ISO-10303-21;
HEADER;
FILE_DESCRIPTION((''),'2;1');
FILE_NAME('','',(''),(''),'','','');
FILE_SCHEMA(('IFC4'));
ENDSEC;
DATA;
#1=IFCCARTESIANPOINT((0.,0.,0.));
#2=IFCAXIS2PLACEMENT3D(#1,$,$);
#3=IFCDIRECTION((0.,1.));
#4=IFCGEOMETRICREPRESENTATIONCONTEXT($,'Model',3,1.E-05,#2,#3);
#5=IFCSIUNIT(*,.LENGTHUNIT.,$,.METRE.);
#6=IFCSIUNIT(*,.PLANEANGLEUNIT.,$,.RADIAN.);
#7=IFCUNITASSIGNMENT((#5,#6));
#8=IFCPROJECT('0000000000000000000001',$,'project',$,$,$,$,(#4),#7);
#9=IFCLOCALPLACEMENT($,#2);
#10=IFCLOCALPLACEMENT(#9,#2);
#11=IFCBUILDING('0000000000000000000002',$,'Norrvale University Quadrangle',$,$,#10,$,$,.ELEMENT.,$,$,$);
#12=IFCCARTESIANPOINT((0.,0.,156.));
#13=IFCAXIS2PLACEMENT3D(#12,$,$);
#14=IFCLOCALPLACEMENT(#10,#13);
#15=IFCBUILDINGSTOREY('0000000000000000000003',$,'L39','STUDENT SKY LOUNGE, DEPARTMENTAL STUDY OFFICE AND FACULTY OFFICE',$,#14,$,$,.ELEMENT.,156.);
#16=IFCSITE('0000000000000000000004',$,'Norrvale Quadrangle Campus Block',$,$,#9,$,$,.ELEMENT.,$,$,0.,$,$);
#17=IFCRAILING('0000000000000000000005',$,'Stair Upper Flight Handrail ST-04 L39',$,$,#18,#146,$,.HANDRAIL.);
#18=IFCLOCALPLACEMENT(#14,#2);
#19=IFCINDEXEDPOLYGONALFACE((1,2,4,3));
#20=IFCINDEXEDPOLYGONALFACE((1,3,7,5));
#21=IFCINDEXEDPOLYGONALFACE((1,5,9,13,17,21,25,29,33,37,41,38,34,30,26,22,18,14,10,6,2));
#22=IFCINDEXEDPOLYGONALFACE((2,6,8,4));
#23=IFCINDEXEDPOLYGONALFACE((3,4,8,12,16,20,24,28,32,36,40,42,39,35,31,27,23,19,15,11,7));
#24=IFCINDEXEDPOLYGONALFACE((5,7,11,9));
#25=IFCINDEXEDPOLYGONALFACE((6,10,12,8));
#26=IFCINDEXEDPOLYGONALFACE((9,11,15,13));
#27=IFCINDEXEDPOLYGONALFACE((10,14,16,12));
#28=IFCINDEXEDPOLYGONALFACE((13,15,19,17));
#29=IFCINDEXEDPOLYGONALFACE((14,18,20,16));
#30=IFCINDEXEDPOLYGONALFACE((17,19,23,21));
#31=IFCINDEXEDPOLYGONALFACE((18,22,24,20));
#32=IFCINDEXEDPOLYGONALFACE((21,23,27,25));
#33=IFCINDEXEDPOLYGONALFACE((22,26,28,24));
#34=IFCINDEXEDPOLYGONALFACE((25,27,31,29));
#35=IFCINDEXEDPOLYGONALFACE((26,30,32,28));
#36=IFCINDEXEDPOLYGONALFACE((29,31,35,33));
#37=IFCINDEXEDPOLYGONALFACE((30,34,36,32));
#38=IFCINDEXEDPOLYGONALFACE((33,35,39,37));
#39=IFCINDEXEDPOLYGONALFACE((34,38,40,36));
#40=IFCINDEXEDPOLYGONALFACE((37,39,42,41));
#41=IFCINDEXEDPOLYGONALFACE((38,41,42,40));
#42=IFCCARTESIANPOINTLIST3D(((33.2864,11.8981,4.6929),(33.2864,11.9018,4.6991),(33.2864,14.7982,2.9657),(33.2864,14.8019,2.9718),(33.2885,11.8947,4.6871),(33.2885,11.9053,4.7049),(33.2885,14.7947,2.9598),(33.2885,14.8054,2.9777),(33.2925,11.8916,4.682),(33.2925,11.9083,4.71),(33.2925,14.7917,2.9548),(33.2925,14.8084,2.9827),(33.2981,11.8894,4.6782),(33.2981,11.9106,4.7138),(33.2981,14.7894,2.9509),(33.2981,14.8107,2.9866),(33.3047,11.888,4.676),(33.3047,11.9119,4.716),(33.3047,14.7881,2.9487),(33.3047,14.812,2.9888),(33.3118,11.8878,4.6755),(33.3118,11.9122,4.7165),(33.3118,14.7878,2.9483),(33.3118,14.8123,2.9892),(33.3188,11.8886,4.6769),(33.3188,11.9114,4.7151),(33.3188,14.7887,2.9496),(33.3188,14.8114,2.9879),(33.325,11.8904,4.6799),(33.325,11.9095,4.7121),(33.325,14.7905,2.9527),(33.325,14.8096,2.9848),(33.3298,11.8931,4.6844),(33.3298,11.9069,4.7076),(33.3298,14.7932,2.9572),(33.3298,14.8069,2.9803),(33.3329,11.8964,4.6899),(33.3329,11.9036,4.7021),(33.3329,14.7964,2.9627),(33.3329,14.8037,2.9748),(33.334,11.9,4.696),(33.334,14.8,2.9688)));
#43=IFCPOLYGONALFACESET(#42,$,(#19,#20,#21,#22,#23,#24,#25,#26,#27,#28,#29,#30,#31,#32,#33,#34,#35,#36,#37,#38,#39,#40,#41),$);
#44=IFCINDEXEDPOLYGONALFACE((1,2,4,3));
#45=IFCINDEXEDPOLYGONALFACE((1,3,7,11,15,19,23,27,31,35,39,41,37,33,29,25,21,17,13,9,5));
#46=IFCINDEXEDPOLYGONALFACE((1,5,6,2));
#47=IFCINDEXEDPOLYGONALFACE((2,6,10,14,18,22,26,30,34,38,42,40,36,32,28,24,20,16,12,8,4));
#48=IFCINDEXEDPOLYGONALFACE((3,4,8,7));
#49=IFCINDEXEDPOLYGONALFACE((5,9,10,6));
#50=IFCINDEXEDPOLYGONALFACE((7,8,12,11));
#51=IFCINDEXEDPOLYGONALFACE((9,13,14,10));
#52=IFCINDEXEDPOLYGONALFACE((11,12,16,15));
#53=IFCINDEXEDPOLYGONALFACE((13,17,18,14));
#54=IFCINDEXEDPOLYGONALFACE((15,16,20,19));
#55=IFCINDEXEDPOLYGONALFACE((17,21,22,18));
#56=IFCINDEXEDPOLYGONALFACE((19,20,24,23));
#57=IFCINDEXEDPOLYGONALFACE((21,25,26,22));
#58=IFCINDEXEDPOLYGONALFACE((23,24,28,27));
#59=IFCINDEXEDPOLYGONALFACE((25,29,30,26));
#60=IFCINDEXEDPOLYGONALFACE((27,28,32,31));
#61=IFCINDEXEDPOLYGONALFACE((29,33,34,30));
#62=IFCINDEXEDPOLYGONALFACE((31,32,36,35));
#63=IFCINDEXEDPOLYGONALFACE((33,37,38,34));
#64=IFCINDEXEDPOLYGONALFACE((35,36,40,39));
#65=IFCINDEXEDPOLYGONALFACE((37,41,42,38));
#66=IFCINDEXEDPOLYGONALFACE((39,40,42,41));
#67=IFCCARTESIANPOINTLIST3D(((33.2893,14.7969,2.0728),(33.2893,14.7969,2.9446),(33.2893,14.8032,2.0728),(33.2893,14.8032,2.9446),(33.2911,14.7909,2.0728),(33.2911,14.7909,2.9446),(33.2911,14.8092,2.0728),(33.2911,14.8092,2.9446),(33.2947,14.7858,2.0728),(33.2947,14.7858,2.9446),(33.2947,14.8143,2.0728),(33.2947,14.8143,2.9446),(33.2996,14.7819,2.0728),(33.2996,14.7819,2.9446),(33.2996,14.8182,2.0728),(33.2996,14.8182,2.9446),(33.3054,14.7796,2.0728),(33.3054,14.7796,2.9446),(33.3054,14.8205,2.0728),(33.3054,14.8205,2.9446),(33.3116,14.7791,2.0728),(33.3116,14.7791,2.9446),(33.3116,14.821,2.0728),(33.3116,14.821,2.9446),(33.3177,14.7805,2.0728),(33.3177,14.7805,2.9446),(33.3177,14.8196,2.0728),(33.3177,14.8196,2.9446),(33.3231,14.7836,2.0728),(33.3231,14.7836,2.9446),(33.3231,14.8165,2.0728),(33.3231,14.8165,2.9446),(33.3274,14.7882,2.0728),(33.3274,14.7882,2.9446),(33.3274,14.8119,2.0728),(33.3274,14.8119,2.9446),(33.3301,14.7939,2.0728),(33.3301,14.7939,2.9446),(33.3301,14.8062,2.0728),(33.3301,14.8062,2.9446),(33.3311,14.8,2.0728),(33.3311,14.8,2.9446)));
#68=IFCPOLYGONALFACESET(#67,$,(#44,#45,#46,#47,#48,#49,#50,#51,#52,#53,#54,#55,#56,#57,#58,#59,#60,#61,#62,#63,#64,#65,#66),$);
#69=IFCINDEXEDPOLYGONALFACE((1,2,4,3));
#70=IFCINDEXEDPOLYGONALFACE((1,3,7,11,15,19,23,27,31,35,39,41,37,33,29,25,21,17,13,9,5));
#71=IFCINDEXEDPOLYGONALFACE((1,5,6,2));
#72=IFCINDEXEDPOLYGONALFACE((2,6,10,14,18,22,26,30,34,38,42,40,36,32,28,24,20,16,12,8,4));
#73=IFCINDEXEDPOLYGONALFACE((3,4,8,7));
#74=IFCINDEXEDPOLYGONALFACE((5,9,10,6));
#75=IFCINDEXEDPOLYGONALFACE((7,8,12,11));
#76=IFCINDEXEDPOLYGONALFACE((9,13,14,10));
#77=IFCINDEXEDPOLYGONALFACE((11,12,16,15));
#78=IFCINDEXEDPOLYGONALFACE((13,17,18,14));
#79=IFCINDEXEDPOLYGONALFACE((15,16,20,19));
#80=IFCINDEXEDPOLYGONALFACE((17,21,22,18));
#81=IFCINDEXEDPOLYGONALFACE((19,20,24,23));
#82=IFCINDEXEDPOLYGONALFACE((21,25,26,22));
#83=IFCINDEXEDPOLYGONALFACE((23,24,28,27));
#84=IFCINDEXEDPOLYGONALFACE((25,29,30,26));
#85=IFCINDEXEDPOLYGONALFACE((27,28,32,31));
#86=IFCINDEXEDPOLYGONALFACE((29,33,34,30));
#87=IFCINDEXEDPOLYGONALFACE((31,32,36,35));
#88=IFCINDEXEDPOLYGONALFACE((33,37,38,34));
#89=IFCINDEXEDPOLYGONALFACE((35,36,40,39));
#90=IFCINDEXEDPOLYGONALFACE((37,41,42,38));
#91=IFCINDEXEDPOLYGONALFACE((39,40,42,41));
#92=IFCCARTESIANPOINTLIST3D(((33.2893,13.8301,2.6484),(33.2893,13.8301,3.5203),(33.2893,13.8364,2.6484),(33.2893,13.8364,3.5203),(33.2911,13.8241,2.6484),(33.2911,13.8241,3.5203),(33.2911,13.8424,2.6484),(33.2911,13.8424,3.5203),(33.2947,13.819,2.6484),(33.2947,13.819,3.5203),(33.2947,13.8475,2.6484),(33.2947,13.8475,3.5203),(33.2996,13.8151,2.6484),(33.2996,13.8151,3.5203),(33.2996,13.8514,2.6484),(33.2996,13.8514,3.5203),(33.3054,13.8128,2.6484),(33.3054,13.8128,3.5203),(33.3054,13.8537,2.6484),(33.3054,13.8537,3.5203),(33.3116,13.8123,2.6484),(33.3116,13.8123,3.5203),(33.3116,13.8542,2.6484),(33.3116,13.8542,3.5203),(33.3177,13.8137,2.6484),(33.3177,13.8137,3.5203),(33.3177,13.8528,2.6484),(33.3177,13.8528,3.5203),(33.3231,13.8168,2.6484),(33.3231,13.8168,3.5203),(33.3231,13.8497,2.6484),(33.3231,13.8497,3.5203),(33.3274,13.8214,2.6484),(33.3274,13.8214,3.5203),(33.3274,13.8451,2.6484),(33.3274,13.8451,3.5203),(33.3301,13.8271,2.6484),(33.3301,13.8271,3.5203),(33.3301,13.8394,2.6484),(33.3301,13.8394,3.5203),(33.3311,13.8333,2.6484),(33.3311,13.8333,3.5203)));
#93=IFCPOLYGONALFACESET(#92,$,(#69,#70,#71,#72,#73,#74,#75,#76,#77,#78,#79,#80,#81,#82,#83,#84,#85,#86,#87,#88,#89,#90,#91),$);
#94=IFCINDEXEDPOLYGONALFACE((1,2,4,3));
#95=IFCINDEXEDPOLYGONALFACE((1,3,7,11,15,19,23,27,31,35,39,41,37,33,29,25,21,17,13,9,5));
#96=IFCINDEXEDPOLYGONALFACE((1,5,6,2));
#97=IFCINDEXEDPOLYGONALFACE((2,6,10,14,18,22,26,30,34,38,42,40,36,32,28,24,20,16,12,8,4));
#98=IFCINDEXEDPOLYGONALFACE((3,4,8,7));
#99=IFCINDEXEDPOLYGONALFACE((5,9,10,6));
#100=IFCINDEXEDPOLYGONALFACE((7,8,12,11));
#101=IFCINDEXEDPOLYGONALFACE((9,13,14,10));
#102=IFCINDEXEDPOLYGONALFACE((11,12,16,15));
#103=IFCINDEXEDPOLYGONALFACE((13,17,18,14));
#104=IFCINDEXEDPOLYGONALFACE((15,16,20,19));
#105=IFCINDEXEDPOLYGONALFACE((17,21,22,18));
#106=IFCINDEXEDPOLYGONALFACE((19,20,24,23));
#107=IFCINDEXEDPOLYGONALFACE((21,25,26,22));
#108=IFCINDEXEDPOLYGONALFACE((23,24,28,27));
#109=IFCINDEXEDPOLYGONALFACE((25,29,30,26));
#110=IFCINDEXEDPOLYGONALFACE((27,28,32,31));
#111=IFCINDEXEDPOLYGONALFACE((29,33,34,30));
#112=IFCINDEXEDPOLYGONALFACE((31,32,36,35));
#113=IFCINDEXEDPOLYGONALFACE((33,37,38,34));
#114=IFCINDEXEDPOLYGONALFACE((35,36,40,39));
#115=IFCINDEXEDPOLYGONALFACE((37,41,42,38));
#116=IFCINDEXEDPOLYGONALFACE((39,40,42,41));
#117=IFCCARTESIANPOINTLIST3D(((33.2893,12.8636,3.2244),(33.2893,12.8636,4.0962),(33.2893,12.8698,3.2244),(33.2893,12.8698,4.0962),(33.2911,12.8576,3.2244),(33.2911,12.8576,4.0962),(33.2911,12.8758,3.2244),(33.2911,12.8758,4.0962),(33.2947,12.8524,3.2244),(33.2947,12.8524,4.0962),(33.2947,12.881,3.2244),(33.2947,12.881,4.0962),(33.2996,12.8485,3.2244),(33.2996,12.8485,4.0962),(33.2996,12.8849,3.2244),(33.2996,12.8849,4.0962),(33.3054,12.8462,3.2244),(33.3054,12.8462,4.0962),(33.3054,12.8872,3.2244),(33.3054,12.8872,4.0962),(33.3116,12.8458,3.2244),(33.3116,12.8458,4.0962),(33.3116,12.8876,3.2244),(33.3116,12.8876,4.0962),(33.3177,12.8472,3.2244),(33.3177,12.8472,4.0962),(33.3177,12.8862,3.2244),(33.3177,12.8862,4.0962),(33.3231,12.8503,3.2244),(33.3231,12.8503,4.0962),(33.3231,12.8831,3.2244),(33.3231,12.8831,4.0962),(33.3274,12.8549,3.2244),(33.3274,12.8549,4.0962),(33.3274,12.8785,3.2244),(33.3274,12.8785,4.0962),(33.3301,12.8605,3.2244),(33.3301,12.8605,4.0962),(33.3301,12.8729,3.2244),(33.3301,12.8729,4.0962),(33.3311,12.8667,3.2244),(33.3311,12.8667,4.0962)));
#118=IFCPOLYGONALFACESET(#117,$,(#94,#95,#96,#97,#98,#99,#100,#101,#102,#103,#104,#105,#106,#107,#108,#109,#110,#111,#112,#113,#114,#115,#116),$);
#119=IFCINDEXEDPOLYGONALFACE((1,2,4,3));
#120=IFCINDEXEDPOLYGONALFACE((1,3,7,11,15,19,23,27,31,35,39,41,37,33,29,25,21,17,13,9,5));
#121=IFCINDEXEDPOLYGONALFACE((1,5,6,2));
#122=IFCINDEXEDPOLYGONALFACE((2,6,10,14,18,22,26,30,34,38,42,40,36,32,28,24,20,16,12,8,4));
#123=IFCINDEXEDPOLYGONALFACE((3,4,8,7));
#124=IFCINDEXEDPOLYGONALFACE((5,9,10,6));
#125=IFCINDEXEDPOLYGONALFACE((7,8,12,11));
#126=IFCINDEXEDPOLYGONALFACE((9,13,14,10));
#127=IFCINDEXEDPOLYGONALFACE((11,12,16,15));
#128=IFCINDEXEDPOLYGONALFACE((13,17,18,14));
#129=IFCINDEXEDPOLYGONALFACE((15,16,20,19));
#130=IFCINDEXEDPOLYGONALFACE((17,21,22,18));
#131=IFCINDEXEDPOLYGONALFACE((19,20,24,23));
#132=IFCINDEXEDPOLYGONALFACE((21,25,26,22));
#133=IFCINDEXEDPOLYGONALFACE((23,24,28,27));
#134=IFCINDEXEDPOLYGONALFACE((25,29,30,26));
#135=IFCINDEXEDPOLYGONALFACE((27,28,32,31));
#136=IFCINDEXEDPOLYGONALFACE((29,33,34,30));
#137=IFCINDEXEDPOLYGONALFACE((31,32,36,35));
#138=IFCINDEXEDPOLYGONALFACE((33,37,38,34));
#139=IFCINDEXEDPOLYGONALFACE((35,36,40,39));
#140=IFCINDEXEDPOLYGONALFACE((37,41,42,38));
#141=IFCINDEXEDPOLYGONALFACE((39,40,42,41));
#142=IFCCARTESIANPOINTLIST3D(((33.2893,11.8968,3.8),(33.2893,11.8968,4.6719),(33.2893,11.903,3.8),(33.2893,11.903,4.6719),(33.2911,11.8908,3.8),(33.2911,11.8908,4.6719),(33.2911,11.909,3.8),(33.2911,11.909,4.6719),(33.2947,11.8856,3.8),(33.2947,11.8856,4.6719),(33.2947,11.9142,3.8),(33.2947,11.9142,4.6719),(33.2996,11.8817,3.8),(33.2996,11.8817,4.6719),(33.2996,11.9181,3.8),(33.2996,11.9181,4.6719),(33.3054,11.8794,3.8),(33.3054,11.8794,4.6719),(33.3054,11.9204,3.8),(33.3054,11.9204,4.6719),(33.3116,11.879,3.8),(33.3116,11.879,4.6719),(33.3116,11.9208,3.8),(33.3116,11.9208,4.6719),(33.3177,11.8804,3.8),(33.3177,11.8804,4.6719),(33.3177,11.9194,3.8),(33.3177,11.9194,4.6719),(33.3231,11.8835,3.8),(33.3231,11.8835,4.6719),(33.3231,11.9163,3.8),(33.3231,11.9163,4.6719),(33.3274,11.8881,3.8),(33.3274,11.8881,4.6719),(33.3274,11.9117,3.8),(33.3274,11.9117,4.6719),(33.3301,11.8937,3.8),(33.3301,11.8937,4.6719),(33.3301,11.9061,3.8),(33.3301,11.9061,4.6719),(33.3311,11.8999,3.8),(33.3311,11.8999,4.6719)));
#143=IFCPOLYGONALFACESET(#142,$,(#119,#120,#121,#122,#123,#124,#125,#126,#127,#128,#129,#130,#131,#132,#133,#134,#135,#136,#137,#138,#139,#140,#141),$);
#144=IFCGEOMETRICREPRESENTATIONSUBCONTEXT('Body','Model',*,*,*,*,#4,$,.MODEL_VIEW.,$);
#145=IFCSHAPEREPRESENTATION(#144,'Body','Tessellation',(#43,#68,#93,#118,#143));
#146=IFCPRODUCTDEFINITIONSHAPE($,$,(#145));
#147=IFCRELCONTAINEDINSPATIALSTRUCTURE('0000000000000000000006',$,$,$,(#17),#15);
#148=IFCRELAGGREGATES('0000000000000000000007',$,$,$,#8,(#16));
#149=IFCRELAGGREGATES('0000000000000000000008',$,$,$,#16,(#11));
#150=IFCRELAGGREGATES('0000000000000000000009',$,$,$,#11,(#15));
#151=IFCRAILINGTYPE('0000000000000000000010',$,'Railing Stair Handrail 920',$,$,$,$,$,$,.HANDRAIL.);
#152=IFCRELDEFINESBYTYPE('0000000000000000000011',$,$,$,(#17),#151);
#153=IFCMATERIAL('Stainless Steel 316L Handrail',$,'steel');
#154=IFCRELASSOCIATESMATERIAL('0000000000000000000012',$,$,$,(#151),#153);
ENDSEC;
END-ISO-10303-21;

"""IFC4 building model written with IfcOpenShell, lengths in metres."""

from ifc_helpers import new_model, si_unit, direction, frame, origin, origin_2d, place, context, subcontext, project, spatial, circle, extrude, material, type_object, element, save


model = new_model("IFC4")

# Units and contexts
model_context = context("Model", 3, precision=1e-05, world=origin(), true_north=direction((0.0, 1.0)))
body_context = subcontext(model_context, "Body", "Model", "MODEL_VIEW")
ifc_project = project(units=[si_unit("LENGTHUNIT", "METRE"), si_unit("PLANEANGLEUNIT", "RADIAN")], contexts=[model_context])

# Site, building, storey
site_placement = place(None, origin())
site = spatial("IfcSite", under=ifc_project, at=site_placement, Name="Norrvale Quadrangle Campus Block", CompositionType="ELEMENT", RefElevation=0.0)
building_placement = place(site_placement, origin())
building = spatial("IfcBuilding", under=site, at=building_placement, Name="Norrvale University Quadrangle", CompositionType="ELEMENT")
storey_placement = place(building_placement, frame((0.0, 0.0, 156.0)))
storey = spatial("IfcBuildingStorey", under=building, at=storey_placement, Name="L39", Description="STUDENT SKY LOUNGE, DEPARTMENTAL STUDY OFFICE AND FACULTY OFFICE", CompositionType="ELEMENT", Elevation=156.0)

# Railing
ifc_material_1 = material(Name="Stainless Steel 316L Handrail", Category="steel")
railing_type_1 = type_object("IfcRailingType", Name="Railing Stair Handrail 920", PredefinedType="HANDRAIL", material=ifc_material_1)
railing_1_placement = place(storey_placement, frame((33.3101, 14.8, 2.0728)))
element("IfcRailing", 1, at=railing_1_placement, inside=storey, type_object=railing_type_1, Name="Stair Upper Flight Handrail ST-04 L39", PredefinedType="HANDRAIL", context=body_context, shape_type="SweptSolid", body=[
    extrude(circle(Radius=0.0239, at=origin_2d()), frame((0.0, 0.0, 0.896), z_axis=(0.0, -0.85916, 0.511706), x_axis=(1.0, 0.0, 0.0)), (0.0, 0.0, 1.0), 3.3755),
    extrude(circle(Radius=0.021, at=origin_2d()), origin(), (0.0, 0.0, 1.0), 0.8718),
    extrude(circle(Radius=0.021, at=origin_2d()), frame((0.0, -0.9668, 0.5757)), (0.0, 0.0, 1.0), 0.8718),
    extrude(circle(Radius=0.021, at=origin_2d()), frame((0.0, -1.9333, 1.1516)), (0.0, 0.0, 1.0), 0.8718),
    extrude(circle(Radius=0.021, at=origin_2d()), frame((0.0, -2.9001, 1.7273)), (0.0, 0.0, 1.0), 0.8718),
])

save(model, "model.ifc")
